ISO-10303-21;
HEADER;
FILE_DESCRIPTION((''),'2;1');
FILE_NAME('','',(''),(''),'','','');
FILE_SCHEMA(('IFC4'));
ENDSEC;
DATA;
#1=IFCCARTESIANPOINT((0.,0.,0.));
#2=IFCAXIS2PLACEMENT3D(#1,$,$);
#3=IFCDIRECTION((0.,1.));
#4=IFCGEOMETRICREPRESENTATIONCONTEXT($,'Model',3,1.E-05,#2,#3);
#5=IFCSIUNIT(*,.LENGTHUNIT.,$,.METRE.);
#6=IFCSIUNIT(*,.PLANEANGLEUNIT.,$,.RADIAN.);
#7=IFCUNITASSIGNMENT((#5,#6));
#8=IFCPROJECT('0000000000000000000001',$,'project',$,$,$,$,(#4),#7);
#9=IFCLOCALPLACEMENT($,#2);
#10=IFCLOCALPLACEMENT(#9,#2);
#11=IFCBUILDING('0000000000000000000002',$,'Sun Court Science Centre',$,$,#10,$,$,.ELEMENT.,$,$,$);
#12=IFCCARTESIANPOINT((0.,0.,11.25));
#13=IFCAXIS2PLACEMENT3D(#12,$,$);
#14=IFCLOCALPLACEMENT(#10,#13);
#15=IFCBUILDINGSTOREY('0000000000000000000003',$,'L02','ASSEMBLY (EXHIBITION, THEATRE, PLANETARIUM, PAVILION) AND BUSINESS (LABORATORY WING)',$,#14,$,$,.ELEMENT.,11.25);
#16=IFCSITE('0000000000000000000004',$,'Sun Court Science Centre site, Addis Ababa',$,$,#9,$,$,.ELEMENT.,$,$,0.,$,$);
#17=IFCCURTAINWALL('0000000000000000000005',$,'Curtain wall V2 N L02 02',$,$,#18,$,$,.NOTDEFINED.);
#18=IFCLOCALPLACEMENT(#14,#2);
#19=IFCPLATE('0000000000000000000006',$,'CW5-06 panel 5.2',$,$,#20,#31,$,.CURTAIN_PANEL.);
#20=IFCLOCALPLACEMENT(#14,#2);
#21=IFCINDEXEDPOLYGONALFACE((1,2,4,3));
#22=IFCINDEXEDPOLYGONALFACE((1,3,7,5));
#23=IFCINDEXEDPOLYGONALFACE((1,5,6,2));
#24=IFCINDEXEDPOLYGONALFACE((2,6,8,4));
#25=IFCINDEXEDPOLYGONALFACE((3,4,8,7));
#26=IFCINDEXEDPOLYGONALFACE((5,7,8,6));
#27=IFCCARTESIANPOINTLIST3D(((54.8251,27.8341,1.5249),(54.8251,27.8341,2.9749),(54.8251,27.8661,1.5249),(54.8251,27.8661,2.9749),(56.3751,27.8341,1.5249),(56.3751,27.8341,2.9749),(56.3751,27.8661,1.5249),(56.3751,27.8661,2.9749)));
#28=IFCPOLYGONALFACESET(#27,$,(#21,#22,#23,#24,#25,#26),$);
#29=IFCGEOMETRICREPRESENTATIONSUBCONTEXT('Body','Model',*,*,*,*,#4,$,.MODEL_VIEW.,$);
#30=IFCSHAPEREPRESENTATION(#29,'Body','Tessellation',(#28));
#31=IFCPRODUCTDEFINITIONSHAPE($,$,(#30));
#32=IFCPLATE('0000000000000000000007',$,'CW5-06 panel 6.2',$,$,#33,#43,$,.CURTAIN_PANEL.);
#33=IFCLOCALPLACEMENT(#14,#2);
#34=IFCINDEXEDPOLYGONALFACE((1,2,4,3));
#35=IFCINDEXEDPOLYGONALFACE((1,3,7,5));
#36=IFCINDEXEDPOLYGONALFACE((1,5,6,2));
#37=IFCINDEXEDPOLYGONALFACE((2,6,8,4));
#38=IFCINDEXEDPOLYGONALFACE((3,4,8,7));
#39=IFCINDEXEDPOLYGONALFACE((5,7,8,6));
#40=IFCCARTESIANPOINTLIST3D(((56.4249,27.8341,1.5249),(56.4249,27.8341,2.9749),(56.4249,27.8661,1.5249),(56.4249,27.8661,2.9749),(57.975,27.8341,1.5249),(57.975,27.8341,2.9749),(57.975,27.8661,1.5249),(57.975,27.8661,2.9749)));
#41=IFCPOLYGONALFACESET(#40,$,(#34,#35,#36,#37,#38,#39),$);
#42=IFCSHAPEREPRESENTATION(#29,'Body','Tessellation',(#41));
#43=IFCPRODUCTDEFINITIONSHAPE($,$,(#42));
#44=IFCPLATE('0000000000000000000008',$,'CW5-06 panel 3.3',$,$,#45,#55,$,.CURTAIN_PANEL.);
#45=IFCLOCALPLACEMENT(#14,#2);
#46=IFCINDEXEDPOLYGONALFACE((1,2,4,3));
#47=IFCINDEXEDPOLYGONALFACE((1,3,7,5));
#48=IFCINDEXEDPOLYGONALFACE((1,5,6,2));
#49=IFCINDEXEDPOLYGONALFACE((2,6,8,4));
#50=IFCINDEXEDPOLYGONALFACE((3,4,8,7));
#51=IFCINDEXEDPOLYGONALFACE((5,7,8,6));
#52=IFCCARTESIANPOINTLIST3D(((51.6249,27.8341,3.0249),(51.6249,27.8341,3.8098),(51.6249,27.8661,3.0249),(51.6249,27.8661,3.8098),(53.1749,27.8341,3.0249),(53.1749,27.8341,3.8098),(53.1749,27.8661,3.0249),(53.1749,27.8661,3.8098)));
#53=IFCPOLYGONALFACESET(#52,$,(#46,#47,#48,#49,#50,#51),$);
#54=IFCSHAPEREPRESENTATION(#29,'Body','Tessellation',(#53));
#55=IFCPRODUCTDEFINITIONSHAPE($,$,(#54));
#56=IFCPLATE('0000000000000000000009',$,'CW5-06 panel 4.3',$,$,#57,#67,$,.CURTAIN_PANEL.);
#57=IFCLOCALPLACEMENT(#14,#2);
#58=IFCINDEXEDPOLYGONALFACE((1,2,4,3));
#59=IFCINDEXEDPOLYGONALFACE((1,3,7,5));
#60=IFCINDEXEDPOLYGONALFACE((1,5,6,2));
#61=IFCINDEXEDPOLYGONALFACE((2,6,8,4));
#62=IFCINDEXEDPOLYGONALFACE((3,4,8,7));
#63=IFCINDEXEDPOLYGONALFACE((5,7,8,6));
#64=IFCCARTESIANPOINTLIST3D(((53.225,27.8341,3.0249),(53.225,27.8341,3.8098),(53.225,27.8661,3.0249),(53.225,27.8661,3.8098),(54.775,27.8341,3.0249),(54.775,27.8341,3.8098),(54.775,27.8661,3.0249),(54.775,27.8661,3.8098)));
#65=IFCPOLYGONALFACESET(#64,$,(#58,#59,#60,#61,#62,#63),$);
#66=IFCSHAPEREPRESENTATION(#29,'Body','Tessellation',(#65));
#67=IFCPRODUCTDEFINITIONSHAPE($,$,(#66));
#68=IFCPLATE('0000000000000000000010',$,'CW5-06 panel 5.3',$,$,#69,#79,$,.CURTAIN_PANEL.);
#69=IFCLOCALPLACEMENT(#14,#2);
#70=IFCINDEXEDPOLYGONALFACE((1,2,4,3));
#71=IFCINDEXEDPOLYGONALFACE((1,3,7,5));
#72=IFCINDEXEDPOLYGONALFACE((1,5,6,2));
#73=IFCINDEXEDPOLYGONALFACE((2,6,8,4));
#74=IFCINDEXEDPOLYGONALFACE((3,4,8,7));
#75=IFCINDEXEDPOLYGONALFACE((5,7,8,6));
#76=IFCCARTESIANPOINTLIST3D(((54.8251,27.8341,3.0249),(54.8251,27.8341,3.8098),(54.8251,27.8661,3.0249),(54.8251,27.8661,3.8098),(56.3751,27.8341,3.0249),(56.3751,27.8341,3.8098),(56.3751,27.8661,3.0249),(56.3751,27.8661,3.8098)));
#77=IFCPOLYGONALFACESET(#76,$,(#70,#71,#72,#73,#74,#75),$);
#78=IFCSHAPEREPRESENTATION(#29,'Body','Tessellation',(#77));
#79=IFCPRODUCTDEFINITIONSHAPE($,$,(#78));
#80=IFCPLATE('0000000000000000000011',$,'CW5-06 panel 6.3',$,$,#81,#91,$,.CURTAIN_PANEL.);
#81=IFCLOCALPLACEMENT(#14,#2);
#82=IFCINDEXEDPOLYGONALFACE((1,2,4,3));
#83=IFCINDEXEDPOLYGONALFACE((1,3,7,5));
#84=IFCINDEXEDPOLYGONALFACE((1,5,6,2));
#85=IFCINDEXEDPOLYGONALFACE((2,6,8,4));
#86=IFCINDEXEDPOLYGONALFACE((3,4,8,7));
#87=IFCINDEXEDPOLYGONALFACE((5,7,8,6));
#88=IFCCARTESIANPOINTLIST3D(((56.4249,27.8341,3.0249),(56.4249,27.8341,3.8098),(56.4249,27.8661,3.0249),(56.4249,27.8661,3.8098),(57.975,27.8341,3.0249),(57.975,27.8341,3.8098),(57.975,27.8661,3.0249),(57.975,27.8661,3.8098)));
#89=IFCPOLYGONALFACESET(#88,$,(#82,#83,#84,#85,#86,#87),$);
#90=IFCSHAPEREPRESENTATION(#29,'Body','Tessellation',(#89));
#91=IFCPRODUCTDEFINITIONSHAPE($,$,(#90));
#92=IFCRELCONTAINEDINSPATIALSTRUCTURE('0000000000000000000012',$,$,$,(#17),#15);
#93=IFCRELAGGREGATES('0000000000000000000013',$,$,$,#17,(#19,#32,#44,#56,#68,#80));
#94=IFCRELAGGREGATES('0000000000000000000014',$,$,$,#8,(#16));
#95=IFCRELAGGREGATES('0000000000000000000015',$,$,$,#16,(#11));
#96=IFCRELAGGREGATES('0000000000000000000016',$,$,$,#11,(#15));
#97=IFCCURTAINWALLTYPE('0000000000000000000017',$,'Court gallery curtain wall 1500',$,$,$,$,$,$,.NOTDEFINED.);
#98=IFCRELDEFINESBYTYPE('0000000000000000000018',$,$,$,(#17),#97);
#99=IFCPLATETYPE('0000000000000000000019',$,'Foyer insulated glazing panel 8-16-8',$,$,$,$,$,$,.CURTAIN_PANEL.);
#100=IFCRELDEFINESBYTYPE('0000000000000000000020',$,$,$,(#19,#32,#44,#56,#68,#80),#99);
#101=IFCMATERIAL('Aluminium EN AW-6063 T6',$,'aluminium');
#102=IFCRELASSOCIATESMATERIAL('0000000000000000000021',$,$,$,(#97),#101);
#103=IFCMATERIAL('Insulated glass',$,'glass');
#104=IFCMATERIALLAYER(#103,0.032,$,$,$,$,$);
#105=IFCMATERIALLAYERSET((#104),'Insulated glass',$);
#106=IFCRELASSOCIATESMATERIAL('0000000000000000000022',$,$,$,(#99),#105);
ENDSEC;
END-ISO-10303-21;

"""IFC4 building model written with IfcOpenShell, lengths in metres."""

from ifc_helpers import new_model, si_unit, direction, frame, origin, origin_2d, place, context, subcontext, project, spatial, rectangle, extrude, material, layer, layer_set, type_object, element, aggregate, save


model = new_model("IFC4")

# Units and contexts
model_context = context("Model", 3, precision=1e-05, world=origin(), true_north=direction((0.0, 1.0)))
body_context = subcontext(model_context, "Body", "Model", "MODEL_VIEW")
ifc_project = project(units=[si_unit("LENGTHUNIT", "METRE"), si_unit("PLANEANGLEUNIT", "RADIAN")], contexts=[model_context])

# Site, building, storey
site_placement = place(None, origin())
site = spatial("IfcSite", under=ifc_project, at=site_placement, Name="Sun Court Science Centre site, Addis Ababa", CompositionType="ELEMENT", RefElevation=0.0)
building_placement = place(site_placement, origin())
building = spatial("IfcBuilding", under=site, at=building_placement, Name="Sun Court Science Centre", CompositionType="ELEMENT")
storey_placement = place(building_placement, frame((0.0, 0.0, 11.25)))
storey = spatial("IfcBuildingStorey", under=building, at=storey_placement, Name="L02", Description="ASSEMBLY (EXHIBITION, THEATRE, PLANETARIUM, PAVILION) AND BUSINESS (LABORATORY WING)", CompositionType="ELEMENT", Elevation=11.25)

# Curtain wall
ifc_material_1 = material(Name="Aluminium EN AW-6063 T6", Category="aluminium")
curtain_wall_type_1 = type_object("IfcCurtainWallType", Name="Court gallery curtain wall 1500", PredefinedType="NOTDEFINED", material=ifc_material_1)
curtain_wall_1_placement = place(storey_placement, origin())
curtain_wall_1 = element("IfcCurtainWall", 1, at=curtain_wall_1_placement, inside=storey, type_object=curtain_wall_type_1, Name="Curtain wall V2 N L02 02", PredefinedType="NOTDEFINED")

# Plates
ifc_material_2 = material(Name="Insulated glass", Category="glass")
ifc_layer = layer(ifc_material_2, 0.032)
ifc_layer_set = layer_set([ifc_layer], Name="Insulated glass")
plate_type = type_object("IfcPlateType", Name="Foyer insulated glazing panel 8-16-8", PredefinedType="CURTAIN_PANEL", material=ifc_layer_set)
plate_1_placement = place(storey_placement, frame((55.6001, 27.8501, 1.5249), z_axis=(0.0, 0.0, 1.0), x_axis=(1.0, 0.0, 0.0)))
plate_1 = element("IfcPlate", 2, at=plate_1_placement, type_object=plate_type, Name="CW5-06 panel 5.2", PredefinedType="CURTAIN_PANEL", context=body_context, shape_type="SweptSolid", body=[
    extrude(rectangle(XDim=1.55, YDim=0.032, at=origin_2d()), origin(), (0.0, 0.0, 1.0), 1.45),
])
plate_2_placement = place(storey_placement, frame((57.2, 27.8501, 1.5249), z_axis=(0.0, 0.0, 1.0), x_axis=(1.0, 0.0, 0.0)))
plate_2 = element("IfcPlate", 3, at=plate_2_placement, type_object=plate_type, Name="CW5-06 panel 6.2", PredefinedType="CURTAIN_PANEL", context=body_context, shape_type="SweptSolid", body=[
    extrude(rectangle(XDim=1.55, YDim=0.032, at=origin_2d()), origin(), (0.0, 0.0, 1.0), 1.45),
])
plate_3_placement = place(storey_placement, frame((52.3999, 27.8501, 3.0249), z_axis=(0.0, 0.0, 1.0), x_axis=(1.0, 0.0, 0.0)))
plate_3 = element("IfcPlate", 4, at=plate_3_placement, type_object=plate_type, Name="CW5-06 panel 3.3", PredefinedType="CURTAIN_PANEL", context=body_context, shape_type="SweptSolid", body=[
    extrude(rectangle(XDim=1.55, YDim=0.032, at=origin_2d()), origin(), (0.0, 0.0, 1.0), 0.7849),
])
plate_4_placement = place(storey_placement, frame((54.0, 27.8501, 3.0249), z_axis=(0.0, 0.0, 1.0), x_axis=(1.0, 0.0, 0.0)))
plate_4 = element("IfcPlate", 5, at=plate_4_placement, type_object=plate_type, Name="CW5-06 panel 4.3", PredefinedType="CURTAIN_PANEL", context=body_context, shape_type="SweptSolid", body=[
    extrude(rectangle(XDim=1.55, YDim=0.032, at=origin_2d()), origin(), (0.0, 0.0, 1.0), 0.7849),
])
plate_5_placement = place(storey_placement, frame((55.6001, 27.8501, 3.0249), z_axis=(0.0, 0.0, 1.0), x_axis=(1.0, 0.0, 0.0)))
plate_5 = element("IfcPlate", 6, at=plate_5_placement, type_object=plate_type, Name="CW5-06 panel 5.3", PredefinedType="CURTAIN_PANEL", context=body_context, shape_type="SweptSolid", body=[
    extrude(rectangle(XDim=1.55, YDim=0.032, at=origin_2d()), origin(), (0.0, 0.0, 1.0), 0.7849),
])
plate_6_placement = place(storey_placement, frame((57.2, 27.8501, 3.0249), z_axis=(0.0, 0.0, 1.0), x_axis=(1.0, 0.0, 0.0)))
plate_6 = element("IfcPlate", 7, at=plate_6_placement, type_object=plate_type, Name="CW5-06 panel 6.3", PredefinedType="CURTAIN_PANEL", context=body_context, shape_type="SweptSolid", body=[
    extrude(rectangle(XDim=1.55, YDim=0.032, at=origin_2d()), origin(), (0.0, 0.0, 1.0), 0.7849),
])
aggregate(curtain_wall_1, [plate_1, plate_2, plate_3, plate_4, plate_5, plate_6])

save(model, "model.ifc")
